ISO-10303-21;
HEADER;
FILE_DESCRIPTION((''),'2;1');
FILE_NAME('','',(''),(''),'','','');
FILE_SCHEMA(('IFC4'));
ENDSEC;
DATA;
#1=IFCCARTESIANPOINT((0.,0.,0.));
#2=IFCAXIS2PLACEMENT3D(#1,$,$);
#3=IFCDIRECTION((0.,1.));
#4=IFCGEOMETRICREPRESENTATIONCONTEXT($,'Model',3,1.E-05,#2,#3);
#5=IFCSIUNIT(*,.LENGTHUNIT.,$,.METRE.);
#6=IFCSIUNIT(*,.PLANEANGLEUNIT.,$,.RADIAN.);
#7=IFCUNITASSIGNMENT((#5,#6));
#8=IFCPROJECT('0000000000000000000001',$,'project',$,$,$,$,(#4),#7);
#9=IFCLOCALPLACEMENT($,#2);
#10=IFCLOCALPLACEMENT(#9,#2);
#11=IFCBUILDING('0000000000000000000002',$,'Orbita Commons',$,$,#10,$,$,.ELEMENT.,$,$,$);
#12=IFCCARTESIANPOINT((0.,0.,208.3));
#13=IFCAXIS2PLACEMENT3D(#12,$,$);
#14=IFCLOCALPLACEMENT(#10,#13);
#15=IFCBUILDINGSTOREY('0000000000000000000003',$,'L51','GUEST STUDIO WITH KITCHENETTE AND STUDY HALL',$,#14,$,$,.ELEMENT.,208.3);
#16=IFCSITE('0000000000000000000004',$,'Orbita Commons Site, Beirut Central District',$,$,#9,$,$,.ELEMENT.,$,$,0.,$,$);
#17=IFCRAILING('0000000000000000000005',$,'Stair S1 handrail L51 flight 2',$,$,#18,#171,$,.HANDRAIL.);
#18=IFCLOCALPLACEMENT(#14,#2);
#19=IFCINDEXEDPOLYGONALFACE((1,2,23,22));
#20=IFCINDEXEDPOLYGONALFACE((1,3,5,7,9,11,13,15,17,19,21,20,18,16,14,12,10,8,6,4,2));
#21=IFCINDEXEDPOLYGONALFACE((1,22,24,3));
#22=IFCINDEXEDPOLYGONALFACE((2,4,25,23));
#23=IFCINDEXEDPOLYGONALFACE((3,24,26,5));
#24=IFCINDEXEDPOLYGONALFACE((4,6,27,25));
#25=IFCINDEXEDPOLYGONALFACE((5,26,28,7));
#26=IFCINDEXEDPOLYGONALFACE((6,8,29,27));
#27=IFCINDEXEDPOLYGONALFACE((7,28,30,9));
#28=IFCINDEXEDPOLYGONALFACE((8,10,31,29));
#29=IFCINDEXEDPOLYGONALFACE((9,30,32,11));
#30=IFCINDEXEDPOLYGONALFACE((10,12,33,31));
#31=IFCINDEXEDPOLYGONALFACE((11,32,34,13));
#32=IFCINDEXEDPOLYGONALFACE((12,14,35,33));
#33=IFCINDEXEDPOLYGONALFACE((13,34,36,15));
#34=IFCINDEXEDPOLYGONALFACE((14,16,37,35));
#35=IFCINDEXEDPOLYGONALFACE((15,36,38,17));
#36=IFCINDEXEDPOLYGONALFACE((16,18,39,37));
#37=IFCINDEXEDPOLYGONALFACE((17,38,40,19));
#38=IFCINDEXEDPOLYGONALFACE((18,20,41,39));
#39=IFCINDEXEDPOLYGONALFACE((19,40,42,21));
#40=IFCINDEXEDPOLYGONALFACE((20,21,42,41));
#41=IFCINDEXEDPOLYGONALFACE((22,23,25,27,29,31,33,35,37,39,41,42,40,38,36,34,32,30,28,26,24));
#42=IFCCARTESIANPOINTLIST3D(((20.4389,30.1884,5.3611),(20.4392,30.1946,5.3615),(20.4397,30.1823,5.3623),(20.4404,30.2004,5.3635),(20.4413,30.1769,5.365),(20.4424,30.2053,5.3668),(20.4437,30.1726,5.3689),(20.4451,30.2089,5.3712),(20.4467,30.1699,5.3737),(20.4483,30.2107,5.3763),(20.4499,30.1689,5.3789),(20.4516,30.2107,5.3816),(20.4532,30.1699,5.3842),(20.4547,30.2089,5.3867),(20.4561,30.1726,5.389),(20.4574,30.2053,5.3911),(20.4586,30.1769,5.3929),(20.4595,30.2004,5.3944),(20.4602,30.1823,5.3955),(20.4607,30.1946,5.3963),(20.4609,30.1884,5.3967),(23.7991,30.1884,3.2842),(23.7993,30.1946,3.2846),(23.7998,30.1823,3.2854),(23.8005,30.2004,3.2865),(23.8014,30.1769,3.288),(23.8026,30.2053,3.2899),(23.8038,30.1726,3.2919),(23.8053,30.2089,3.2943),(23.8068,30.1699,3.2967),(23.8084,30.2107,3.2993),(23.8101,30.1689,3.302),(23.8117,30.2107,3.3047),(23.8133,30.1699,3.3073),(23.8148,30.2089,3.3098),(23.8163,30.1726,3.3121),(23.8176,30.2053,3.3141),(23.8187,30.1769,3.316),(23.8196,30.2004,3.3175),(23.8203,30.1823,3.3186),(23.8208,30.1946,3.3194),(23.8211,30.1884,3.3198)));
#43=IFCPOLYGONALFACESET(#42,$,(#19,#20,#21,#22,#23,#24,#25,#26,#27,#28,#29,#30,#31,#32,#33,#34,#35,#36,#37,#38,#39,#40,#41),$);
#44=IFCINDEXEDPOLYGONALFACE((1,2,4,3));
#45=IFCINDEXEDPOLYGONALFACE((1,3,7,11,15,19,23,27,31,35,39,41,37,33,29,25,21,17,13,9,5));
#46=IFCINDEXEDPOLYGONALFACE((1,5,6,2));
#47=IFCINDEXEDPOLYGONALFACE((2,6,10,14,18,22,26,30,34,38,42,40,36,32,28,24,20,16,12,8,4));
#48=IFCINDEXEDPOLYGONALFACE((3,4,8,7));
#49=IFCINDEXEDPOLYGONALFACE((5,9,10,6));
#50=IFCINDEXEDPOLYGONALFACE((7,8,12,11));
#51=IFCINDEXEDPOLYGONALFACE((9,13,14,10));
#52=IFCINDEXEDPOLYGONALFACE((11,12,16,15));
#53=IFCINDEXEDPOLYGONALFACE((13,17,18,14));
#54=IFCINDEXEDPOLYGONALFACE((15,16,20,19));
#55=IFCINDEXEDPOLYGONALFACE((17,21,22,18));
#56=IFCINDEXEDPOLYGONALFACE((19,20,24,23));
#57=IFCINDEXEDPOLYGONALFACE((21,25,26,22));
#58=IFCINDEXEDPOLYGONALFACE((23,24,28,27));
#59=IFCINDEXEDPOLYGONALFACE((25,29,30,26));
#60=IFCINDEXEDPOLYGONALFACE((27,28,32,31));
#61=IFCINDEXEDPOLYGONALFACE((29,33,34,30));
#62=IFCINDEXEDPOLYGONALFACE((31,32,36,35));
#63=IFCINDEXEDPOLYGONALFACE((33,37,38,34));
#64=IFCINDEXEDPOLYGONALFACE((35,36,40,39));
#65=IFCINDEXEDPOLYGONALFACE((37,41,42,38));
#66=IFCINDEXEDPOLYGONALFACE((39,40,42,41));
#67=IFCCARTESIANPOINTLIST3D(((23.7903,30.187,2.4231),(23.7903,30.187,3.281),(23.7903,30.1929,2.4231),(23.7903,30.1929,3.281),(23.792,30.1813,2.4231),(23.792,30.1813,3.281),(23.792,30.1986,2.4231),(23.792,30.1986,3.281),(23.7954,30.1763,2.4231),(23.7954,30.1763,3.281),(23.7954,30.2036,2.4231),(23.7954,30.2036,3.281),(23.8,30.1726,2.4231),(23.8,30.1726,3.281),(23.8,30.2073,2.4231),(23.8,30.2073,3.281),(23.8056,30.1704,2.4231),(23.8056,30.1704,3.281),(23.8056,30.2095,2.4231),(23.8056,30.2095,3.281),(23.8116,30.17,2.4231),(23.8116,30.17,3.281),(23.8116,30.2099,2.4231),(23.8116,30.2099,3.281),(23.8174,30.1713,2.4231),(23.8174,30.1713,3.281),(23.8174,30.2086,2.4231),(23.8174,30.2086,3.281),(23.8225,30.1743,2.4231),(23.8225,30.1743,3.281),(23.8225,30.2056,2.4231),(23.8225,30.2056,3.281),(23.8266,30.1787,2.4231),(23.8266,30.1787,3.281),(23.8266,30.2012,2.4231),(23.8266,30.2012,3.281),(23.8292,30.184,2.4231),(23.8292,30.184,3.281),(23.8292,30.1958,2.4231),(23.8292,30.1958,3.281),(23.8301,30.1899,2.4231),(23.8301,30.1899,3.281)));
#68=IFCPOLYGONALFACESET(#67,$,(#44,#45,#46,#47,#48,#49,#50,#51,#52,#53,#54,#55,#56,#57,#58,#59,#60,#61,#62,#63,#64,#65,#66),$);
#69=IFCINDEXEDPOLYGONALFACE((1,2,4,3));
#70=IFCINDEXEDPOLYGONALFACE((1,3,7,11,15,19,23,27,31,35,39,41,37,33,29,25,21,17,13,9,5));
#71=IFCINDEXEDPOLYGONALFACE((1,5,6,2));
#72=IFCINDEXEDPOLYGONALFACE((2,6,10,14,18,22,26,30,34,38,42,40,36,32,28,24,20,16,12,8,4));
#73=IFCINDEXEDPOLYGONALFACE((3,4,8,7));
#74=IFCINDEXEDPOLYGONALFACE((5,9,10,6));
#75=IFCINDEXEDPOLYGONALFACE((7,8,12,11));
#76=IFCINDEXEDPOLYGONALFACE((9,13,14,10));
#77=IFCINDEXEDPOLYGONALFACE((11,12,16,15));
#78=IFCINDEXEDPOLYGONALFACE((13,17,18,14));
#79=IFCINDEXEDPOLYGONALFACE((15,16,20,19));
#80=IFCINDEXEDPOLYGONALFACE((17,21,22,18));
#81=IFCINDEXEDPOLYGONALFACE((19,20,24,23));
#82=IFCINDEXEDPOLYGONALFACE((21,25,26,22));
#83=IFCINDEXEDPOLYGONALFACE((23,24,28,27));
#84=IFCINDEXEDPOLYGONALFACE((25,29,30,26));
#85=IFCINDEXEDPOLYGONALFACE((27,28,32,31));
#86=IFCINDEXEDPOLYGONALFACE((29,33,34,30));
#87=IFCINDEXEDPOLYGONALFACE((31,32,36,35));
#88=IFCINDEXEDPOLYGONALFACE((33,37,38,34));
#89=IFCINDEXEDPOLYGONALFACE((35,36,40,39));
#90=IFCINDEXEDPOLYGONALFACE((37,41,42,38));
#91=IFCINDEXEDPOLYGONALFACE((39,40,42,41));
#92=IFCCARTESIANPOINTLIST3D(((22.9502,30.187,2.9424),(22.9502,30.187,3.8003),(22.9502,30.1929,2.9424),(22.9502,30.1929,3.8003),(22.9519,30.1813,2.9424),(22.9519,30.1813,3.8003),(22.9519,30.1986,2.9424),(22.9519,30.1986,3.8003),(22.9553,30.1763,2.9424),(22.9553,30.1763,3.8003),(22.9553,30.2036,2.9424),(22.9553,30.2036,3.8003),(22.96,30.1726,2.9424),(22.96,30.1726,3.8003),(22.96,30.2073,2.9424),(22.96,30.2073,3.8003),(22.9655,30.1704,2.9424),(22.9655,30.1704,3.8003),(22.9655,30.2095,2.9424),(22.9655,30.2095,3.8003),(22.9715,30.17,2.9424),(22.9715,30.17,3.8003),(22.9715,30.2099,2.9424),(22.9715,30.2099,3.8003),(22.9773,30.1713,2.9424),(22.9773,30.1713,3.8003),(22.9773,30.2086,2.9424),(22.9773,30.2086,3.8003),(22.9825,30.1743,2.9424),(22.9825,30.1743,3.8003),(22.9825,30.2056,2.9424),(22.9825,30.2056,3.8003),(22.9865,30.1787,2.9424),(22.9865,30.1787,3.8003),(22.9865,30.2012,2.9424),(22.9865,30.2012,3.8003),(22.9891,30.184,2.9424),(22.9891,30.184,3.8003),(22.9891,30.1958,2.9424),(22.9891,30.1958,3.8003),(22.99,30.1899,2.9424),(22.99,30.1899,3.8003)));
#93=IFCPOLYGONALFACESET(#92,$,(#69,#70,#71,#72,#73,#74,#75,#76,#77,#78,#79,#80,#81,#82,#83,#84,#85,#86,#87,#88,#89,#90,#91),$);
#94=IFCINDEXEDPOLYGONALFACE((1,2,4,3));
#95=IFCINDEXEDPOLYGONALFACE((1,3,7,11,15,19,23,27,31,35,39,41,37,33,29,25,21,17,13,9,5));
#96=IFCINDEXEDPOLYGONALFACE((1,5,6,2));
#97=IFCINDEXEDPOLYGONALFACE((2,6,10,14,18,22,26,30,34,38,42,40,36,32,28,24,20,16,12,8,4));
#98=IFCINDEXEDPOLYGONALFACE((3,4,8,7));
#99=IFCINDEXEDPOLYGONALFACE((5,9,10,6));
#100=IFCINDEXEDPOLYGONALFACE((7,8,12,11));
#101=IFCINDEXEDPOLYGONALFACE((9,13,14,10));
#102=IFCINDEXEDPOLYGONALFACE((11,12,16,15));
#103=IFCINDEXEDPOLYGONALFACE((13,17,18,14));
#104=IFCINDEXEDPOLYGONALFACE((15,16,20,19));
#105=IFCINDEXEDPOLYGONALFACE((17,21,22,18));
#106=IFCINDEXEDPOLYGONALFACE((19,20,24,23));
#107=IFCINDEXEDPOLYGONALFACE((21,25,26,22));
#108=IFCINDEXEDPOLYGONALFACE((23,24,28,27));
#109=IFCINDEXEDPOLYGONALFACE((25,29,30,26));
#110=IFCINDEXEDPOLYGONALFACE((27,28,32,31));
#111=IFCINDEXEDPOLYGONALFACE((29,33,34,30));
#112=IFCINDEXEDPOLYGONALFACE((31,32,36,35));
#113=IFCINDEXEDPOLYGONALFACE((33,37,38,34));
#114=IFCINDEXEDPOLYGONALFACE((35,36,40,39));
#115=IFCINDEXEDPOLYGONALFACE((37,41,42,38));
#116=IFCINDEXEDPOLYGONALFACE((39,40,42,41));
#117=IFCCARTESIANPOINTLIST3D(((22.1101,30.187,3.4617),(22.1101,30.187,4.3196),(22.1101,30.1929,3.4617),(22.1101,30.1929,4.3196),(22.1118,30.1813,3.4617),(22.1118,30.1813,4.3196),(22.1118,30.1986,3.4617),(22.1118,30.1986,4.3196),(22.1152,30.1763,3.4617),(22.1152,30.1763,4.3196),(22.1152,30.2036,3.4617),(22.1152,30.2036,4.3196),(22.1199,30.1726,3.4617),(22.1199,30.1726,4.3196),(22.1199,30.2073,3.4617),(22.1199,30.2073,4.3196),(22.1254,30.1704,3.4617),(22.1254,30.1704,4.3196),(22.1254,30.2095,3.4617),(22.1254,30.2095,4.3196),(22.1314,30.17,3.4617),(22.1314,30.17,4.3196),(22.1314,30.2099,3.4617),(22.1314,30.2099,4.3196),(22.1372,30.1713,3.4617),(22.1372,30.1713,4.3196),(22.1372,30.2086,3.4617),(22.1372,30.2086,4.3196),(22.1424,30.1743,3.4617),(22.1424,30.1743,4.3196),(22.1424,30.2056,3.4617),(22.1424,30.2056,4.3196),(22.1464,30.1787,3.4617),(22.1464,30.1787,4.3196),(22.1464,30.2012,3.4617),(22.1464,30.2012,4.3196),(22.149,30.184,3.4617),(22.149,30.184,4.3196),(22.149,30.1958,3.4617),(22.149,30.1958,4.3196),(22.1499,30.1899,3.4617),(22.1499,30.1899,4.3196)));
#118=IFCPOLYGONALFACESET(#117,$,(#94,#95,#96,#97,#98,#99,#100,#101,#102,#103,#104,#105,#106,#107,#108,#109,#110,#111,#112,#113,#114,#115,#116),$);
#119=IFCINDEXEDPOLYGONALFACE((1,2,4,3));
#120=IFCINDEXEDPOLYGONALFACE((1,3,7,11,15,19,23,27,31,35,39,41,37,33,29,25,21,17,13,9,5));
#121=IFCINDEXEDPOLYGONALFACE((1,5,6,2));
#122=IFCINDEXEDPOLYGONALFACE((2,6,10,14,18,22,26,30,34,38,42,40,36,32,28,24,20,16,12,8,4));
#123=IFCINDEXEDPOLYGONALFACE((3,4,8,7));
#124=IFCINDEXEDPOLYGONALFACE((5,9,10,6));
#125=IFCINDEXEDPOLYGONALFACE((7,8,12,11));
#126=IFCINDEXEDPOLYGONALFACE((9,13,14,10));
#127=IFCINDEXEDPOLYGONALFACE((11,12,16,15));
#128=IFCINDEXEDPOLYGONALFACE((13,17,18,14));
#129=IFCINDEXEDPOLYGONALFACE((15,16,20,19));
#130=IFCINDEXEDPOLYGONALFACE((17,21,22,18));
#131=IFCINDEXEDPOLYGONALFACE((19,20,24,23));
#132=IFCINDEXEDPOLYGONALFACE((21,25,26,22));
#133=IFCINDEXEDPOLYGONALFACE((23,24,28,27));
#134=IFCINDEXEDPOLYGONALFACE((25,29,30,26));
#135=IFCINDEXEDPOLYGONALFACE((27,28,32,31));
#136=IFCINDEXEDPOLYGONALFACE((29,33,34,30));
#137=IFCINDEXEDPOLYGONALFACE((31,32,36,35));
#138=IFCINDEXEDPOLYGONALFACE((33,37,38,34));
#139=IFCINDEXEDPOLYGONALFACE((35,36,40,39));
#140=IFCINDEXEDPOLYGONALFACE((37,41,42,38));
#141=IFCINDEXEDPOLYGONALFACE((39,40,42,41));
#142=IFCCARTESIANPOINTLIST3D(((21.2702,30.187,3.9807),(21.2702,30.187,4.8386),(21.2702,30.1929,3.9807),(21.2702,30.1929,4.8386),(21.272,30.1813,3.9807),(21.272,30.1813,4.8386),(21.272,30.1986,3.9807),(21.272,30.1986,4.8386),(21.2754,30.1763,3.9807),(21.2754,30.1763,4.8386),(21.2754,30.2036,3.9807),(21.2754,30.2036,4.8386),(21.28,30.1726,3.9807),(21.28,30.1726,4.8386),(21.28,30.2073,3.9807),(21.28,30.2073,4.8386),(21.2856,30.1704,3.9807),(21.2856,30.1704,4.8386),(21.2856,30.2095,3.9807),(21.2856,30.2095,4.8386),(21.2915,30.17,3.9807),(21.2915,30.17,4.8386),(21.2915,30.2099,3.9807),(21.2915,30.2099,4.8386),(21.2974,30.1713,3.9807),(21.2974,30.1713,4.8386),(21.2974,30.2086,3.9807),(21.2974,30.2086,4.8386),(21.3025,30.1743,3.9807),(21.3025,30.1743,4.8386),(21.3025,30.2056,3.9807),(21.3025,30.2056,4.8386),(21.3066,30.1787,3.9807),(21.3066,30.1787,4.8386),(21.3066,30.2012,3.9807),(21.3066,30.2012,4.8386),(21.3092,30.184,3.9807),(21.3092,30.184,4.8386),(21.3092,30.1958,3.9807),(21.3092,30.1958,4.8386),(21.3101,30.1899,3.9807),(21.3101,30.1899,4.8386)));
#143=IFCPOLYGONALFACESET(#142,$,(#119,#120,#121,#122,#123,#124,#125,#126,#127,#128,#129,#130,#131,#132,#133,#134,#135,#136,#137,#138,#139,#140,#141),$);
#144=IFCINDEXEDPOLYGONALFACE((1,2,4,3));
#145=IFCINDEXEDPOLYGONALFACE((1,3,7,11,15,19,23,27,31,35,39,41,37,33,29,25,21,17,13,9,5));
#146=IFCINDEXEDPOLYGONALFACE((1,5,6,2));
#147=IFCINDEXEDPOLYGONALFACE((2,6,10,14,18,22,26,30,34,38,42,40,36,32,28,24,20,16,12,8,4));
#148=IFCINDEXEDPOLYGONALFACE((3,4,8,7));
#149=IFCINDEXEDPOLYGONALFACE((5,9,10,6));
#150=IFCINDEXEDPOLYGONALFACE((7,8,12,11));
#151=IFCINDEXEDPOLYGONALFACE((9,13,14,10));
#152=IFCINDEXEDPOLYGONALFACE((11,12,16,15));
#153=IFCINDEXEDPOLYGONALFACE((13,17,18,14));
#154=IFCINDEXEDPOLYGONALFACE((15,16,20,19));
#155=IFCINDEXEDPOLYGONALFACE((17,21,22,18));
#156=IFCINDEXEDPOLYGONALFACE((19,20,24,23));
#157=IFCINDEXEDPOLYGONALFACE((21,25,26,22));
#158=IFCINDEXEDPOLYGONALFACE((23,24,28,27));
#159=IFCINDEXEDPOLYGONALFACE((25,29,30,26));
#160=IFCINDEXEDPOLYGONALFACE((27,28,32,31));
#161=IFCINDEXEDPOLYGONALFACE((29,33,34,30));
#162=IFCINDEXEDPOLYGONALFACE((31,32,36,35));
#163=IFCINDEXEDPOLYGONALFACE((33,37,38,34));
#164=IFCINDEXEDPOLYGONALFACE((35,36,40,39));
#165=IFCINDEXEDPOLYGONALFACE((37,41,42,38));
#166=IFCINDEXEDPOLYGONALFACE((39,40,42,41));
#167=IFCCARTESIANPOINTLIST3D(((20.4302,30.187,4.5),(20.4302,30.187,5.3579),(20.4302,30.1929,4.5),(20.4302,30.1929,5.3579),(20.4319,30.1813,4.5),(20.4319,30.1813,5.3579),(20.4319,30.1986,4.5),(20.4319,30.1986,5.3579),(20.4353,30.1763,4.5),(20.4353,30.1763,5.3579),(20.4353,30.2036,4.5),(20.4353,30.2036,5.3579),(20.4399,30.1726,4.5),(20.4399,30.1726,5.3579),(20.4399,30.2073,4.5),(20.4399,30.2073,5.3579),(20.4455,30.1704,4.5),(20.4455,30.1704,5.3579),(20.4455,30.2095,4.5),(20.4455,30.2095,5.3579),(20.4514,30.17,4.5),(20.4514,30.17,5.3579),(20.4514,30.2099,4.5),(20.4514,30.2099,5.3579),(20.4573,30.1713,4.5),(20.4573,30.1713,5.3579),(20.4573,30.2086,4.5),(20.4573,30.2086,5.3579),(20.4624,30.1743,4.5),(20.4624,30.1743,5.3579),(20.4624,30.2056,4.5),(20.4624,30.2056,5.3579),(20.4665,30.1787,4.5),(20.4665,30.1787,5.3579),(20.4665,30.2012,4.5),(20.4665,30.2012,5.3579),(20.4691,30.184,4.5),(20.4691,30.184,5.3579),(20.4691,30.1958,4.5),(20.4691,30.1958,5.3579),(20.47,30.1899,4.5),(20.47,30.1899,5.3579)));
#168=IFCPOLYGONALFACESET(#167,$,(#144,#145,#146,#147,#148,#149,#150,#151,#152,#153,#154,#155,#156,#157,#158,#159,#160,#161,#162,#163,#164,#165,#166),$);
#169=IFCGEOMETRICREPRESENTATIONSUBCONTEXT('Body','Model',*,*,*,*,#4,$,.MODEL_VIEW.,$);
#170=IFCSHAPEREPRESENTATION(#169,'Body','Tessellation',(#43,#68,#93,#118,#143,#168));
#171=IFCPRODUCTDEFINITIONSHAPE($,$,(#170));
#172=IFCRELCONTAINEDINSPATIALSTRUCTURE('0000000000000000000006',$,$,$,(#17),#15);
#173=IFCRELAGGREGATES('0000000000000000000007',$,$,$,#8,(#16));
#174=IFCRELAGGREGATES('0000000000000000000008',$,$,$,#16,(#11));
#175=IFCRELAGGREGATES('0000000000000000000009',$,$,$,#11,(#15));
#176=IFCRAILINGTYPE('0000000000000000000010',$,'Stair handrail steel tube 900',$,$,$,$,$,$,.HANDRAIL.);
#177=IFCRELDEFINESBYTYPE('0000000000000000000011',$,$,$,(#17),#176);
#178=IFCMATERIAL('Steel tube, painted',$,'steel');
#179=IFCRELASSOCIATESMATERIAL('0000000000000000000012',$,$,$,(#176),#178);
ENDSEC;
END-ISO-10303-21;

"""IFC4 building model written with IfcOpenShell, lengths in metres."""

from ifc_helpers import new_model, si_unit, direction, frame, origin, origin_2d, place, context, subcontext, project, spatial, circle, extrude, material, type_object, element, save


model = new_model("IFC4")

# Units and contexts
model_context = context("Model", 3, precision=1e-05, world=origin(), true_north=direction((0.0, 1.0)))
body_context = subcontext(model_context, "Body", "Model", "MODEL_VIEW")
ifc_project = project(units=[si_unit("LENGTHUNIT", "METRE"), si_unit("PLANEANGLEUNIT", "RADIAN")], contexts=[model_context])

# Site, building, storey
site_placement = place(None, origin())
site = spatial("IfcSite", under=ifc_project, at=site_placement, Name="Orbita Commons Site, Beirut Central District", CompositionType="ELEMENT", RefElevation=0.0)
building_placement = place(site_placement, origin())
building = spatial("IfcBuilding", under=site, at=building_placement, Name="Orbita Commons", CompositionType="ELEMENT")
storey_placement = place(building_placement, frame((0.0, 0.0, 208.3)))
storey = spatial("IfcBuildingStorey", under=building, at=storey_placement, Name="L51", Description="GUEST STUDIO WITH KITCHENETTE AND STUDY HALL", CompositionType="ELEMENT", Elevation=208.3)

# Railing
ifc_material_1 = material(Name="Steel tube, painted", Category="steel")
railing_type = type_object("IfcRailingType", Name="Stair handrail steel tube 900", PredefinedType="HANDRAIL", material=ifc_material_1)
for number, where, name in (
    (1, (23.8101, 30.1899, 2.4231), "Stair S1 handrail L51 flight 2"),
):
    element("IfcRailing", number, at=place(storey_placement, frame(where)), inside=storey, type_object=railing_type, Name=name, PredefinedType="HANDRAIL", context=body_context, shape_type="SweptSolid", body=[
        extrude(circle(Radius=0.021, at=origin_2d()), frame((0.0, 0.0, 0.8789), z_axis=(-0.850623, 0.0, 0.525776), x_axis=(0.0, -1.0, 0.0)), (0.0, 0.0, 1.0), 3.9502),
        extrude(circle(Radius=0.02, at=origin_2d()), origin(), (0.0, 0.0, 1.0), 0.8579),
        extrude(circle(Radius=0.02, at=origin_2d()), frame((-0.8401, 0.0, 0.5193)), (0.0, 0.0, 1.0), 0.8579),
        extrude(circle(Radius=0.02, at=origin_2d()), frame((-1.6802, 0.0, 1.0386)), (0.0, 0.0, 1.0), 0.8579),
        extrude(circle(Radius=0.02, at=origin_2d()), frame((-2.52, 0.0, 1.5576)), (0.0, 0.0, 1.0), 0.8579),
        extrude(circle(Radius=0.02, at=origin_2d()), frame((-3.3601, 0.0, 2.0769)), (0.0, 0.0, 1.0), 0.8579),
    ])

save(model, "model.ifc")
